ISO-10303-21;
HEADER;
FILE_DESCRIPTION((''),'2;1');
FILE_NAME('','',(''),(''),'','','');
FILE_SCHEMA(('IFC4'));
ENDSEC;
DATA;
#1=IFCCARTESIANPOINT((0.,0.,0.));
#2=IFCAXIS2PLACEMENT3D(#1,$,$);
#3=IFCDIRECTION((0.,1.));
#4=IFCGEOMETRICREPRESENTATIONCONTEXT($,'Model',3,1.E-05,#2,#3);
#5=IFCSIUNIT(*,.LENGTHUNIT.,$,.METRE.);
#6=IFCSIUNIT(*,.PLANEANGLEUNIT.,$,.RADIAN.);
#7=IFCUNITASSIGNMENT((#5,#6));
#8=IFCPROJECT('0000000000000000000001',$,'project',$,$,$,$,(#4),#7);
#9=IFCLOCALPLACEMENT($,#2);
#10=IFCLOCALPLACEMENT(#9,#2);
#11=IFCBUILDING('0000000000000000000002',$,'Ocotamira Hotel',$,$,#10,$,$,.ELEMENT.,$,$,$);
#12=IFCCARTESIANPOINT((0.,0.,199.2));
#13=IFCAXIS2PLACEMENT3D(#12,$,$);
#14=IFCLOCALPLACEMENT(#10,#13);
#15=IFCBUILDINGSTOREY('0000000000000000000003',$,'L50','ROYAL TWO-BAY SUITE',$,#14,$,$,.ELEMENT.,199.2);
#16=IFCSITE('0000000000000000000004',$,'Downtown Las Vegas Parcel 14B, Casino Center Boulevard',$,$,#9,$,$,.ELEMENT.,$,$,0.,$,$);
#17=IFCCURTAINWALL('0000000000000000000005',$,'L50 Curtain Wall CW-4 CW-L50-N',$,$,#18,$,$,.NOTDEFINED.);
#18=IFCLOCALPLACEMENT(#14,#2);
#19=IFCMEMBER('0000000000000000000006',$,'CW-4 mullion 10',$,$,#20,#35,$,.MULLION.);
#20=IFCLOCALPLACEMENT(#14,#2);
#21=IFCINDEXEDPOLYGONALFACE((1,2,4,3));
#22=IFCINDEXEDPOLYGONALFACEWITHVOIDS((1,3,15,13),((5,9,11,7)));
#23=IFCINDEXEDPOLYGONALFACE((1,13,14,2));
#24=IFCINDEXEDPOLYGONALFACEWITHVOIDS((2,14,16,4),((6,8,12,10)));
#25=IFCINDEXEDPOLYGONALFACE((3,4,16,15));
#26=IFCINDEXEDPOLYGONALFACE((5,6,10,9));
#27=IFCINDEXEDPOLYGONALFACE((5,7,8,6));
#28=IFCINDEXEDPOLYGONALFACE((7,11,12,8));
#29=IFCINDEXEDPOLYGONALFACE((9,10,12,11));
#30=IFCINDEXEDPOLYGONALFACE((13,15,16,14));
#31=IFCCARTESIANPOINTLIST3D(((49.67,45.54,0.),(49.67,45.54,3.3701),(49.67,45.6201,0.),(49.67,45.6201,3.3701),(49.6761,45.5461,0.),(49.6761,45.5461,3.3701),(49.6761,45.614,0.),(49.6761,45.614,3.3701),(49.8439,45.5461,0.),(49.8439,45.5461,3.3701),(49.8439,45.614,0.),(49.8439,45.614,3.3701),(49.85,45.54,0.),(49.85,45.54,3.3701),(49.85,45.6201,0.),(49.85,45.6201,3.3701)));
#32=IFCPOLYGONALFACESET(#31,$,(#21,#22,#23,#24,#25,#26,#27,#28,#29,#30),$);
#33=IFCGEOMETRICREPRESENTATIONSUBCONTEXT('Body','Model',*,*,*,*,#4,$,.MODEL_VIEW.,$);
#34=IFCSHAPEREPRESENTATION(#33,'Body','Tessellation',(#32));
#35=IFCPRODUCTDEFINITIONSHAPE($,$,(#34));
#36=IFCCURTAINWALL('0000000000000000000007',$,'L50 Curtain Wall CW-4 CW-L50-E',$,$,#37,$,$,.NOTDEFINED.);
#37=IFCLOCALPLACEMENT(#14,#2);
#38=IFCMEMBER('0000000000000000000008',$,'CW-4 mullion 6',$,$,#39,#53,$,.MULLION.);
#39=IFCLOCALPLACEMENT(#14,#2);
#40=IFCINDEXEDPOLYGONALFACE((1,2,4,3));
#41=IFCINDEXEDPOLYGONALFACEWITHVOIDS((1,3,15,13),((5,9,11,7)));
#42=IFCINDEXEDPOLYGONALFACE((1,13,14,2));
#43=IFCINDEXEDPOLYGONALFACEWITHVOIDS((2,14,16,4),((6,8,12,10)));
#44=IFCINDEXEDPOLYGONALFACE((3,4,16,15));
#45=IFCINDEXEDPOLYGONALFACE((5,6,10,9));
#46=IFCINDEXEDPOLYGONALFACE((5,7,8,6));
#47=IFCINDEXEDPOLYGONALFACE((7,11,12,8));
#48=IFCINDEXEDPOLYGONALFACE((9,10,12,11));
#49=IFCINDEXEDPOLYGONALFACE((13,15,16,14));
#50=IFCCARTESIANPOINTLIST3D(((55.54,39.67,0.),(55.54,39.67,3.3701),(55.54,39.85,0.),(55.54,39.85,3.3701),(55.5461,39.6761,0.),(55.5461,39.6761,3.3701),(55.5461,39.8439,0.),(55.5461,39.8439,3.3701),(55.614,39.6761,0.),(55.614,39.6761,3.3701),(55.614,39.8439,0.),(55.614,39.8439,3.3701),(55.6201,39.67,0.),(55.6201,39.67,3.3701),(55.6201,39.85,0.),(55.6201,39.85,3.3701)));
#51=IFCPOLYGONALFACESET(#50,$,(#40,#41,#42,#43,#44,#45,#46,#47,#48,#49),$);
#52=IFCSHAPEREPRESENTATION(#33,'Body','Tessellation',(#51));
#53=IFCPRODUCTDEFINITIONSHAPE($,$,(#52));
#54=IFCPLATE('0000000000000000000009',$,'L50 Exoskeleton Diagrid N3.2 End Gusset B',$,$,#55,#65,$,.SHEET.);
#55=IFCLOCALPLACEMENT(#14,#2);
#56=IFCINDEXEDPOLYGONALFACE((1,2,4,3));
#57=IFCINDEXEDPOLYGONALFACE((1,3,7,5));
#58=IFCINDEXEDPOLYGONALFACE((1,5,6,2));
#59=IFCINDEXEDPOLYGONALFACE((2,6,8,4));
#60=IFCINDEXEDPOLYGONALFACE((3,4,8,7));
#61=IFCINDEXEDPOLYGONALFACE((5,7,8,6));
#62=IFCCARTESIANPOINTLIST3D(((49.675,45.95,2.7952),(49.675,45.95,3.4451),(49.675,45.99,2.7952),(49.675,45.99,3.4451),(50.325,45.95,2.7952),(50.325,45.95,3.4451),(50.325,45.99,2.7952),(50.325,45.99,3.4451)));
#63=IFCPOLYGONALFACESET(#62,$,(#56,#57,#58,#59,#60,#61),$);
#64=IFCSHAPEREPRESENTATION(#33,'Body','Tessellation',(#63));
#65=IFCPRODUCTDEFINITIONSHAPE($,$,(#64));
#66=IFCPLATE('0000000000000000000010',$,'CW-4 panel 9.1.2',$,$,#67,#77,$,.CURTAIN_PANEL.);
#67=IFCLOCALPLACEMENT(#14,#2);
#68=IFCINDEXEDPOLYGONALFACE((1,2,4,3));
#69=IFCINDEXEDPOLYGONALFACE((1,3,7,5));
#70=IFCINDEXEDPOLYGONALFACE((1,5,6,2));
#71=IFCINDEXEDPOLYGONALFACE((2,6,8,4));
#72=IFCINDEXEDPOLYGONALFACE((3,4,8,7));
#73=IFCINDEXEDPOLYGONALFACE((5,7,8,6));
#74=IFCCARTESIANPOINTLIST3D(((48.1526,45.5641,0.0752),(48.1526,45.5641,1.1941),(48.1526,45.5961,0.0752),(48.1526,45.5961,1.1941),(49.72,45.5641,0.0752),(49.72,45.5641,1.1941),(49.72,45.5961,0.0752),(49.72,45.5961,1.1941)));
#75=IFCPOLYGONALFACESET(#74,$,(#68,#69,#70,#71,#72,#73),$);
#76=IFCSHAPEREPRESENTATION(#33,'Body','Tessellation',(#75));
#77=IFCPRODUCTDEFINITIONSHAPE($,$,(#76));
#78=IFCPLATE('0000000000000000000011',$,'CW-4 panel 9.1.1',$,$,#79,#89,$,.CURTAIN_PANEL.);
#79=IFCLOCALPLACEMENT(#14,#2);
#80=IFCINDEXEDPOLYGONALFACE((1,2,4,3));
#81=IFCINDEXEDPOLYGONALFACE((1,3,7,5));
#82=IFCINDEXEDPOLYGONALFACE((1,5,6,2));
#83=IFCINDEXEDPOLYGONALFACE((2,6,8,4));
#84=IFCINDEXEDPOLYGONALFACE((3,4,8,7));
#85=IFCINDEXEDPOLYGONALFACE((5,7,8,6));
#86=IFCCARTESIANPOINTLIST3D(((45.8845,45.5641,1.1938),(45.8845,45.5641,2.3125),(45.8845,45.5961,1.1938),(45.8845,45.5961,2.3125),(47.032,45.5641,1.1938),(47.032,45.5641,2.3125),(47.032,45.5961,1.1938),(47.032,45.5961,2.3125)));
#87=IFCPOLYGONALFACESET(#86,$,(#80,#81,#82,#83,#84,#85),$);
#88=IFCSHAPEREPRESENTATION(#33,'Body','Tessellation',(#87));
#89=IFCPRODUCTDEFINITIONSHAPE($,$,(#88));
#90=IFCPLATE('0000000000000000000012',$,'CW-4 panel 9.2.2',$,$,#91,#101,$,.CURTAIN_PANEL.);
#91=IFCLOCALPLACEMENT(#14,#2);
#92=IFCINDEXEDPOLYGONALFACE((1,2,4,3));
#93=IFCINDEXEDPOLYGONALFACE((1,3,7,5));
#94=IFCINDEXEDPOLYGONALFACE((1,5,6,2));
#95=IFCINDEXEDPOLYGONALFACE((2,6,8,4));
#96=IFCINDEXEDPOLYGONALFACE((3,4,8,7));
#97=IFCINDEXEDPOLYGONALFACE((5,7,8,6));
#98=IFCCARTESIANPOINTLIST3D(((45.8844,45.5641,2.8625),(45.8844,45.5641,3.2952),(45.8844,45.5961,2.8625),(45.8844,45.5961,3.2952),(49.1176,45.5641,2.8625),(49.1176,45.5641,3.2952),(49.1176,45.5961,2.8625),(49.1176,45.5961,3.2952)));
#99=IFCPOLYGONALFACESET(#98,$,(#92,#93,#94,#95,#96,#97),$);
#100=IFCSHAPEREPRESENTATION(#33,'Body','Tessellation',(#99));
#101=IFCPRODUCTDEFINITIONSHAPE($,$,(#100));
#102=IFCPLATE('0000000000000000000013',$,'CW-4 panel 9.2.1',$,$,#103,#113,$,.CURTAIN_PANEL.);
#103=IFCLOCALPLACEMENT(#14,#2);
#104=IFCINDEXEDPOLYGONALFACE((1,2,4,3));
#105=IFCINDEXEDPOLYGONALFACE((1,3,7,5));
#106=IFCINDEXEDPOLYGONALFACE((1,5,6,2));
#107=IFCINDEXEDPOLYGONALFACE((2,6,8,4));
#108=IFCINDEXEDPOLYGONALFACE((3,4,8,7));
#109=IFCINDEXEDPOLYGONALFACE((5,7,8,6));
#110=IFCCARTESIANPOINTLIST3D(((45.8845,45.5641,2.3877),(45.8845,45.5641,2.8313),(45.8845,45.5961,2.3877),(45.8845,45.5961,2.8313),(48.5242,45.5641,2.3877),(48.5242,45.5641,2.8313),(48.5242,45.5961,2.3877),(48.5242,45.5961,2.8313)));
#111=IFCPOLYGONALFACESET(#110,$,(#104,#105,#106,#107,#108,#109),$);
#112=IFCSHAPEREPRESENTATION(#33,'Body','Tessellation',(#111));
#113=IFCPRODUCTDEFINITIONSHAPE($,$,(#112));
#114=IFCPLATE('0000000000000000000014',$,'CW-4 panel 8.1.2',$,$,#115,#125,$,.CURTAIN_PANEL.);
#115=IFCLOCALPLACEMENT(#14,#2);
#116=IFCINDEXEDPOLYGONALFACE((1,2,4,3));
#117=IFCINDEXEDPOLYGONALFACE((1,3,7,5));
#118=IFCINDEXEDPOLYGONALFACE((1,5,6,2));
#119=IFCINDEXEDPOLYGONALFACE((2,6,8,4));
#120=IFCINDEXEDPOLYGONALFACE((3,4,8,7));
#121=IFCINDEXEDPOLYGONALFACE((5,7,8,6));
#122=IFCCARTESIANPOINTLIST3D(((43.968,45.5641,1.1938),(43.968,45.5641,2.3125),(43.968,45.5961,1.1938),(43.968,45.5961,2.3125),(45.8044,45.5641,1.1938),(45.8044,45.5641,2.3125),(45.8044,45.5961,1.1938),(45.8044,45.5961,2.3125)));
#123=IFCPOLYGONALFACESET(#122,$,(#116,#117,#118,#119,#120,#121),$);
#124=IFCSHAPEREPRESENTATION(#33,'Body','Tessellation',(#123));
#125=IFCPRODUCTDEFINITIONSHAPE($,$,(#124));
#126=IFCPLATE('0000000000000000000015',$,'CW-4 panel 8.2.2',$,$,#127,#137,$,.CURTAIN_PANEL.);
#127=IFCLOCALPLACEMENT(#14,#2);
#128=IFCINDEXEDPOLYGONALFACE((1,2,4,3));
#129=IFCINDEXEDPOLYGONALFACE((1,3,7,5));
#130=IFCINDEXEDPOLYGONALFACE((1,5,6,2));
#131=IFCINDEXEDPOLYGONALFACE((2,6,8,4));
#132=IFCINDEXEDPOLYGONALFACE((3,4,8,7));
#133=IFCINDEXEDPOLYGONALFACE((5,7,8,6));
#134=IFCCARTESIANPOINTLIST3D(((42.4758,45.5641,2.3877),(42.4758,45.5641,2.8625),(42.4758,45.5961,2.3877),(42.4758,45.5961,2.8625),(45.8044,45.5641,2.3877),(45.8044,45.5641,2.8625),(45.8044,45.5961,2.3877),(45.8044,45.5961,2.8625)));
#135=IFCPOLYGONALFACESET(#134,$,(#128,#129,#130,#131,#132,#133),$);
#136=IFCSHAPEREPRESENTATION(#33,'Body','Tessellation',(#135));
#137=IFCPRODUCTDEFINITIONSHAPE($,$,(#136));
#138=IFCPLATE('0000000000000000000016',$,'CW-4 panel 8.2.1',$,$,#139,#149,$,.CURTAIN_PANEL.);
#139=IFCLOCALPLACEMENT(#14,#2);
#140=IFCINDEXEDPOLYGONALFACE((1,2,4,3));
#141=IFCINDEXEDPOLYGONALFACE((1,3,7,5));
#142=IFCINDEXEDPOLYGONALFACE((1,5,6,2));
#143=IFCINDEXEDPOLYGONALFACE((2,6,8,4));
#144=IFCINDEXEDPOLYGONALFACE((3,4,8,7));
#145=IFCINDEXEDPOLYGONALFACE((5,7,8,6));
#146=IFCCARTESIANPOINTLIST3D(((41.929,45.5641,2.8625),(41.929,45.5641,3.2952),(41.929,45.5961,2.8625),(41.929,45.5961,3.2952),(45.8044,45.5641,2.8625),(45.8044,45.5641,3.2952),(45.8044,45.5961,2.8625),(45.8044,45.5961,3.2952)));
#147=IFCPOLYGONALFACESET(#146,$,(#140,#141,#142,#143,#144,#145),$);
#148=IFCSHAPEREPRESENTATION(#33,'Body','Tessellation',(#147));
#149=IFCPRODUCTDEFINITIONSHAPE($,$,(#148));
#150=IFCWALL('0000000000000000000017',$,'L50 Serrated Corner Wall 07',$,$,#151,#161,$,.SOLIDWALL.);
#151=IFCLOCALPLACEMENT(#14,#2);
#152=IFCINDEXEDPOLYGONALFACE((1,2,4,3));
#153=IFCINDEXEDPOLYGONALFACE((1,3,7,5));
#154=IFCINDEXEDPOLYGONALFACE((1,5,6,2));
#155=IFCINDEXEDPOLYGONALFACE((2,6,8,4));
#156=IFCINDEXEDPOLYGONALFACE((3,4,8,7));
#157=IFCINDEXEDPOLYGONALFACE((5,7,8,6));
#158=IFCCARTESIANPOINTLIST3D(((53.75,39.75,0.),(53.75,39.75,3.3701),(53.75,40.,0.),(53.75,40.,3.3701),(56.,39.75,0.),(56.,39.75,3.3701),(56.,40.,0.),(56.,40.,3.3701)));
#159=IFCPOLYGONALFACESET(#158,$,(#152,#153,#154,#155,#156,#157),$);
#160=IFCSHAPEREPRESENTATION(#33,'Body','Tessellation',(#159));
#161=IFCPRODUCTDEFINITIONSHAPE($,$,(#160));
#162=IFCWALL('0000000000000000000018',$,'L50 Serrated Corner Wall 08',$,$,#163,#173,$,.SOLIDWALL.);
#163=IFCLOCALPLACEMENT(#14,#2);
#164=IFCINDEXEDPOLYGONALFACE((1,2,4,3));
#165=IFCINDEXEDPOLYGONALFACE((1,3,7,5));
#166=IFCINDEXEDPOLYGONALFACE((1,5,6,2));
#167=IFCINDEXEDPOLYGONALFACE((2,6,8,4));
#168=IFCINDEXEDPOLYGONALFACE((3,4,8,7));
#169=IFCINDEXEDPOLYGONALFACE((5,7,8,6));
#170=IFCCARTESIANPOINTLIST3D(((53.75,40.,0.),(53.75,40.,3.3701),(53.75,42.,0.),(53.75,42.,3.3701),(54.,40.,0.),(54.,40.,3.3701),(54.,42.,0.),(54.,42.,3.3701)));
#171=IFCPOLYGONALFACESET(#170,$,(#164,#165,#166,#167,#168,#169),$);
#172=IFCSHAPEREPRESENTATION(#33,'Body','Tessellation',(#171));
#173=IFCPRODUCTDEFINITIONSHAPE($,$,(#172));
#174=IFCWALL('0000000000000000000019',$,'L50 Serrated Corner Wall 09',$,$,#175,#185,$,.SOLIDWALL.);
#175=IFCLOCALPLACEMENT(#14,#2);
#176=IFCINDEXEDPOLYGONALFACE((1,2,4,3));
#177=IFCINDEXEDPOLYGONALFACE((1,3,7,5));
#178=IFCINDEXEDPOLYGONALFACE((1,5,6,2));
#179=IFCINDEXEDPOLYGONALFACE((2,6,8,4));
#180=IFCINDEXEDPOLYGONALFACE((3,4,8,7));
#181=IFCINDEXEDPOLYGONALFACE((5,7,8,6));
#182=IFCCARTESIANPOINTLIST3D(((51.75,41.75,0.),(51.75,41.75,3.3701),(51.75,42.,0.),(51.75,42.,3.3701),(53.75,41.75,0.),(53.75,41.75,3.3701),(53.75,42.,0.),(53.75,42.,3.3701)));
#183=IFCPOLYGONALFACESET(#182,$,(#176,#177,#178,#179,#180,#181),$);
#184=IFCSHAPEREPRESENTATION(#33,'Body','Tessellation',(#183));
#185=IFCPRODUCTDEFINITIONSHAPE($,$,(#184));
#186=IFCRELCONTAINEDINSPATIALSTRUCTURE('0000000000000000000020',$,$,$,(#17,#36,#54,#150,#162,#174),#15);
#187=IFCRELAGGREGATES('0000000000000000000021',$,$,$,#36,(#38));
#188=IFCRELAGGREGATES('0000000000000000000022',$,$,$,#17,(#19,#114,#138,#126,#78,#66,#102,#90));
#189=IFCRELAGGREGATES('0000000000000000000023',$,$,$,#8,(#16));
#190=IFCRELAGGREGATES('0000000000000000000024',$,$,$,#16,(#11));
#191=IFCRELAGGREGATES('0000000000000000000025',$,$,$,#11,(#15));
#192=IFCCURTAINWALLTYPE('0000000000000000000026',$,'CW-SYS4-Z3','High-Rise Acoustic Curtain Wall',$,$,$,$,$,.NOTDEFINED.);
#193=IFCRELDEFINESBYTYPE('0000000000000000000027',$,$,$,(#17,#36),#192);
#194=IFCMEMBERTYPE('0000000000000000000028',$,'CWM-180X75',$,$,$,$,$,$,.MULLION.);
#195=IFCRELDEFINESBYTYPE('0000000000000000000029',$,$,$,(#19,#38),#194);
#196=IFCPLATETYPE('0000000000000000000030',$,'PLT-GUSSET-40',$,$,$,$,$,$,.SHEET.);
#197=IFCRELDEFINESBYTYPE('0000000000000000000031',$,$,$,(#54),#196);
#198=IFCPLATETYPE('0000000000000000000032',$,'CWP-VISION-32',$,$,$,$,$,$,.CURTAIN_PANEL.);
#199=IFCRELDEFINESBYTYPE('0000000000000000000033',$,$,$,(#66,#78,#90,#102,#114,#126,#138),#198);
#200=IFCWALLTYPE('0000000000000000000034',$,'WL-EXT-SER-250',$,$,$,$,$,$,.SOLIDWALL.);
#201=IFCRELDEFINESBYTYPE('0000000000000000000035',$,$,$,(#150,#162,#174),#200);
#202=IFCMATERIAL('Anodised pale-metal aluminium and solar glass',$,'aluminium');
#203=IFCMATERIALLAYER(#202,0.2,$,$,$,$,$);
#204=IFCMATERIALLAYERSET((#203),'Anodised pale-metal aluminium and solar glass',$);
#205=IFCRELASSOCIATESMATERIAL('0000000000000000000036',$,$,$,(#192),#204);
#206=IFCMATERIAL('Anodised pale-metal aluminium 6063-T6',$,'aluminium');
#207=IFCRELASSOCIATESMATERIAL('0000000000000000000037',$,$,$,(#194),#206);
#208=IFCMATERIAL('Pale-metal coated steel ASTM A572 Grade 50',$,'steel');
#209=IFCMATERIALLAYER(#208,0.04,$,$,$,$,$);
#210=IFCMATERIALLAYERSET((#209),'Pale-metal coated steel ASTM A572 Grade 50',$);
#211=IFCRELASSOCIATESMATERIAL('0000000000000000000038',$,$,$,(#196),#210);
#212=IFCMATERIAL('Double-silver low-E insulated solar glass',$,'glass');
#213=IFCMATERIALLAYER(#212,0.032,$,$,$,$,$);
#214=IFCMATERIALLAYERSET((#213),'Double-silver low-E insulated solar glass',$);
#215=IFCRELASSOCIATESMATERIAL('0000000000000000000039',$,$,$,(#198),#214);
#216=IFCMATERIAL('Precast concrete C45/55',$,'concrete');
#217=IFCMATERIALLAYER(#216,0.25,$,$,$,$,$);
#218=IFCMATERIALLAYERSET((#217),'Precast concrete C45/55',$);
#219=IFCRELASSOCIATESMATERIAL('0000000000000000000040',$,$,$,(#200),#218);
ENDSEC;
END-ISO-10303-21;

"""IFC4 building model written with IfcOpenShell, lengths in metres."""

from ifc_helpers import new_model, si_unit, direction, frame, frame_2d, origin, origin_2d, place, context, subcontext, project, spatial, rectangle, hollow_rectangle, extrude, source, transform, mapped, material, layer, layer_set, material_profile, profile_set, type_object, element, aggregate, save


model = new_model("IFC4")

# Units and contexts
model_context = context("Model", 3, precision=1e-05, world=origin(), true_north=direction((0.0, 1.0)))
body_context = subcontext(model_context, "Body", "Model", "MODEL_VIEW")
ifc_project = project(units=[si_unit("LENGTHUNIT", "METRE"), si_unit("PLANEANGLEUNIT", "RADIAN")], contexts=[model_context])

# Site, building, storey
site_placement = place(None, origin())
site = spatial("IfcSite", under=ifc_project, at=site_placement, Name="Downtown Las Vegas Parcel 14B, Casino Center Boulevard", CompositionType="ELEMENT", RefElevation=0.0)
building_placement = place(site_placement, origin())
building = spatial("IfcBuilding", under=site, at=building_placement, Name="Ocotamira Hotel", CompositionType="ELEMENT")
storey_placement = place(building_placement, frame((0.0, 0.0, 199.2)))
storey = spatial("IfcBuildingStorey", under=building, at=storey_placement, Name="L50", Description="ROYAL TWO-BAY SUITE", CompositionType="ELEMENT", Elevation=199.2)

# Curtain wall, member
ifc_material_1 = material(Name="Anodised pale-metal aluminium and solar glass", Category="aluminium")
ifc_layer_1 = layer(ifc_material_1, 0.2)
ifc_layer_set_1 = layer_set([ifc_layer_1], Name="Anodised pale-metal aluminium and solar glass")
curtain_wall_type = type_object("IfcCurtainWallType", Name="CW-SYS4-Z3", Description="High-Rise Acoustic Curtain Wall", PredefinedType="NOTDEFINED", material=ifc_layer_set_1)
curtain_wall_1_placement = place(storey_placement, origin())
curtain_wall_1 = element("IfcCurtainWall", 1, at=curtain_wall_1_placement, inside=storey, type_object=curtain_wall_type, Name="L50 Curtain Wall CW-4 CW-L50-N", PredefinedType="NOTDEFINED")
ifc_material_2 = material(Name="Anodised pale-metal aluminium 6063-T6", Category="aluminium")
ifc_material_profile_1 = material_profile(ifc_material_2, hollow_rectangle(XDim=0.0801, YDim=0.1799, WallThickness=0.0061, at=origin_2d()), Name="HSS180X80X6")
ifc_profile_set_1 = profile_set([ifc_material_profile_1], Name="Anodised pale-metal aluminium 6063-T6")
member_type_1 = type_object("IfcMemberType", Name="CWM-180X75", PredefinedType="MULLION", material=ifc_profile_set_1)
shared_shape_1 = source(origin(), body_context, "Body", "SweptSolid", [
    extrude(hollow_rectangle(XDim=0.0801, YDim=0.1799, WallThickness=0.0061, at=origin_2d()), origin(), (0.0, 0.0, 1.0), 3.3701),
])
member_1_placement = place(storey_placement, frame((49.76, 45.5801, 0.0), z_axis=(0.0, 0.0, 1.0), x_axis=(0.0, 1.0, 0.0)))
member_1 = element("IfcMember", 2, at=member_1_placement, type_object=member_type_1, Name="CW-4 mullion 10", PredefinedType="MULLION", context=body_context, shape_type="MappedRepresentation", body=[
    mapped(shared_shape_1, transform((0.0, 0.0, 0.0), scale=1.0)),
])

# Curtain wall, member
curtain_wall_2_placement = place(storey_placement, origin())
curtain_wall_2 = element("IfcCurtainWall", 3, at=curtain_wall_2_placement, inside=storey, type_object=curtain_wall_type, Name="L50 Curtain Wall CW-4 CW-L50-E", PredefinedType="NOTDEFINED")
member_2_placement = place(storey_placement, frame((55.5801, 39.76, 0.0), z_axis=(0.0, 0.0, 1.0), x_axis=(-1.0, 0.0, 0.0)))
member_2 = element("IfcMember", 4, at=member_2_placement, type_object=member_type_1, Name="CW-4 mullion 6", PredefinedType="MULLION", context=body_context, shape_type="MappedRepresentation", body=[
    mapped(shared_shape_1, transform((0.0, 0.0, 0.0), scale=1.0)),
])
aggregate(curtain_wall_2, [member_2])

# Plates
ifc_material_3 = material(Name="Pale-metal coated steel ASTM A572 Grade 50", Category="steel")
ifc_layer_2 = layer(ifc_material_3, 0.04)
ifc_layer_set_2 = layer_set([ifc_layer_2], Name="Pale-metal coated steel ASTM A572 Grade 50")
plate_type_1 = type_object("IfcPlateType", Name="PLT-GUSSET-40", PredefinedType="SHEET", material=ifc_layer_set_2)
shared_shape_2 = source(origin(), body_context, "Body", "SweptSolid", [
    extrude(rectangle(XDim=0.6499, YDim=0.04, at=origin_2d()), origin(), (0.0, 0.0, 1.0), 0.6499),
])
plate_1_placement = place(storey_placement, frame((50.0, 45.97, 2.7952), z_axis=(0.0, 0.0, 1.0), x_axis=(1.0, 0.0, 0.0)))
element("IfcPlate", 5, at=plate_1_placement, inside=storey, type_object=plate_type_1, Name="L50 Exoskeleton Diagrid N3.2 End Gusset B", PredefinedType="SHEET", context=body_context, shape_type="MappedRepresentation", body=[
    mapped(shared_shape_2, transform((0.0, 0.0, 0.0), scale=1.0)),
])
ifc_material_4 = material(Name="Double-silver low-E insulated solar glass", Category="glass")
ifc_layer_3 = layer(ifc_material_4, 0.032)
ifc_layer_set_3 = layer_set([ifc_layer_3], Name="Double-silver low-E insulated solar glass")
plate_type_2 = type_object("IfcPlateType", Name="CWP-VISION-32", PredefinedType="CURTAIN_PANEL", material=ifc_layer_set_3)
shared_shape_3 = source(origin(), body_context, "Body", "SweptSolid", [
    extrude(rectangle(XDim=1.5674, YDim=0.032, at=origin_2d()), origin(), (0.0, 0.0, 1.0), 1.1189),
])
plate_2_placement = place(storey_placement, frame((48.9363, 45.5801, 0.0752), z_axis=(0.0, 0.0, 1.0), x_axis=(1.0, 0.0, 0.0)))
plate_2 = element("IfcPlate", 6, at=plate_2_placement, type_object=plate_type_2, Name="CW-4 panel 9.1.2", PredefinedType="CURTAIN_PANEL", context=body_context, shape_type="MappedRepresentation", body=[
    mapped(shared_shape_3, transform((0.0, 0.0, 0.0), scale=1.0)),
])
shared_shape_4 = source(origin(), body_context, "Body", "SweptSolid", [
    extrude(rectangle(XDim=1.1475, YDim=0.032, at=origin_2d()), origin(), (0.0, 0.0, 1.0), 1.1187),
])
plate_3_placement = place(storey_placement, frame((46.4583, 45.5801, 1.1938), z_axis=(0.0, 0.0, 1.0), x_axis=(1.0, 0.0, 0.0)))
plate_3 = element("IfcPlate", 7, at=plate_3_placement, type_object=plate_type_2, Name="CW-4 panel 9.1.1", PredefinedType="CURTAIN_PANEL", context=body_context, shape_type="MappedRepresentation", body=[
    mapped(shared_shape_4, transform((0.0, 0.0, 0.0), scale=1.0)),
])
shared_shape_5 = source(origin(), body_context, "Body", "SweptSolid", [
    extrude(rectangle(XDim=3.2332, YDim=0.032, at=origin_2d()), origin(), (0.0, 0.0, 1.0), 0.4326),
])
plate_4_placement = place(storey_placement, frame((47.501, 45.5801, 2.8625), z_axis=(0.0, 0.0, 1.0), x_axis=(1.0, 0.0, 0.0)))
plate_4 = element("IfcPlate", 8, at=plate_4_placement, type_object=plate_type_2, Name="CW-4 panel 9.2.2", PredefinedType="CURTAIN_PANEL", context=body_context, shape_type="MappedRepresentation", body=[
    mapped(shared_shape_5, transform((0.0, 0.0, 0.0), scale=1.0)),
])
shared_shape_6 = source(origin(), body_context, "Body", "SweptSolid", [
    extrude(rectangle(XDim=2.6396, YDim=0.032, at=origin_2d()), origin(), (0.0, 0.0, 1.0), 0.4436),
])
plate_5_placement = place(storey_placement, frame((47.2043, 45.5801, 2.3877), z_axis=(0.0, 0.0, 1.0), x_axis=(1.0, 0.0, 0.0)))
plate_5 = element("IfcPlate", 9, at=plate_5_placement, type_object=plate_type_2, Name="CW-4 panel 9.2.1", PredefinedType="CURTAIN_PANEL", context=body_context, shape_type="MappedRepresentation", body=[
    mapped(shared_shape_6, transform((0.0, 0.0, 0.0), scale=1.0)),
])
shared_shape_7 = source(origin(), body_context, "Body", "SweptSolid", [
    extrude(rectangle(XDim=1.8364, YDim=0.032, at=origin_2d()), origin(), (0.0, 0.0, 1.0), 1.1187),
])
plate_6_placement = place(storey_placement, frame((44.8862, 45.5801, 1.1938), z_axis=(0.0, 0.0, 1.0), x_axis=(1.0, 0.0, 0.0)))
plate_6 = element("IfcPlate", 10, at=plate_6_placement, type_object=plate_type_2, Name="CW-4 panel 8.1.2", PredefinedType="CURTAIN_PANEL", context=body_context, shape_type="MappedRepresentation", body=[
    mapped(shared_shape_7, transform((0.0, 0.0, 0.0), scale=1.0)),
])
shared_shape_8 = source(origin(), body_context, "Body", "SweptSolid", [
    extrude(rectangle(XDim=3.3286, YDim=0.032, at=origin_2d()), origin(), (0.0, 0.0, 1.0), 0.4749),
])
plate_7_placement = place(storey_placement, frame((44.1401, 45.5801, 2.3877), z_axis=(0.0, 0.0, 1.0), x_axis=(1.0, 0.0, 0.0)))
plate_7 = element("IfcPlate", 11, at=plate_7_placement, type_object=plate_type_2, Name="CW-4 panel 8.2.2", PredefinedType="CURTAIN_PANEL", context=body_context, shape_type="MappedRepresentation", body=[
    mapped(shared_shape_8, transform((0.0, 0.0, 0.0), scale=1.0)),
])
shared_shape_9 = source(origin(), body_context, "Body", "SweptSolid", [
    extrude(rectangle(XDim=3.8755, YDim=0.032, at=origin_2d()), origin(), (0.0, 0.0, 1.0), 0.4326),
])
plate_8_placement = place(storey_placement, frame((43.8667, 45.5801, 2.8625), z_axis=(0.0, 0.0, 1.0), x_axis=(1.0, 0.0, 0.0)))
plate_8 = element("IfcPlate", 12, at=plate_8_placement, type_object=plate_type_2, Name="CW-4 panel 8.2.1", PredefinedType="CURTAIN_PANEL", context=body_context, shape_type="MappedRepresentation", body=[
    mapped(shared_shape_9, transform((0.0, 0.0, 0.0), scale=1.0)),
])
aggregate(curtain_wall_1, [member_1, plate_6, plate_8, plate_7, plate_3, plate_2, plate_5, plate_4])

# Walls
ifc_material_5 = material(Name="Precast concrete C45/55", Category="concrete")
ifc_layer_4 = layer(ifc_material_5, 0.25)
ifc_layer_set_4 = layer_set([ifc_layer_4], Name="Precast concrete C45/55")
wall_type_1 = type_object("IfcWallType", Name="WL-EXT-SER-250", PredefinedType="SOLIDWALL", material=ifc_layer_set_4)
wall_1_placement = place(storey_placement, frame((56.0, 39.875, 0.0), z_axis=(0.0, 0.0, 1.0), x_axis=(-1.0, 0.0, 0.0)))
element("IfcWall", 13, at=wall_1_placement, inside=storey, type_object=wall_type_1, Name="L50 Serrated Corner Wall 07", PredefinedType="SOLIDWALL", context=body_context, shape_type="SweptSolid", body=[
    extrude(rectangle(XDim=2.25, YDim=0.25, at=frame_2d((1.125, 0.0))), origin(), (0.0, 0.0, 1.0), 3.3701),
])
for number, where, z_axis, x_axis, name in (
    (14, (53.875, 40.0, 0.0), (0.0, 0.0, 1.0), (0.0, 1.0, 0.0), "L50 Serrated Corner Wall 08"),
    (15, (53.75, 41.875, 0.0), (0.0, 0.0, 1.0), (-1.0, 0.0, 0.0), "L50 Serrated Corner Wall 09"),
):
    element("IfcWall", number, at=place(storey_placement, frame(where, z_axis=z_axis, x_axis=x_axis)), inside=storey, type_object=wall_type_1, Name=name, PredefinedType="SOLIDWALL", context=body_context, shape_type="SweptSolid", body=[
        extrude(rectangle(XDim=2.0, YDim=0.25, at=frame_2d((1.0, 0.0))), origin(), (0.0, 0.0, 1.0), 3.3701),
    ])

save(model, "model.ifc")
